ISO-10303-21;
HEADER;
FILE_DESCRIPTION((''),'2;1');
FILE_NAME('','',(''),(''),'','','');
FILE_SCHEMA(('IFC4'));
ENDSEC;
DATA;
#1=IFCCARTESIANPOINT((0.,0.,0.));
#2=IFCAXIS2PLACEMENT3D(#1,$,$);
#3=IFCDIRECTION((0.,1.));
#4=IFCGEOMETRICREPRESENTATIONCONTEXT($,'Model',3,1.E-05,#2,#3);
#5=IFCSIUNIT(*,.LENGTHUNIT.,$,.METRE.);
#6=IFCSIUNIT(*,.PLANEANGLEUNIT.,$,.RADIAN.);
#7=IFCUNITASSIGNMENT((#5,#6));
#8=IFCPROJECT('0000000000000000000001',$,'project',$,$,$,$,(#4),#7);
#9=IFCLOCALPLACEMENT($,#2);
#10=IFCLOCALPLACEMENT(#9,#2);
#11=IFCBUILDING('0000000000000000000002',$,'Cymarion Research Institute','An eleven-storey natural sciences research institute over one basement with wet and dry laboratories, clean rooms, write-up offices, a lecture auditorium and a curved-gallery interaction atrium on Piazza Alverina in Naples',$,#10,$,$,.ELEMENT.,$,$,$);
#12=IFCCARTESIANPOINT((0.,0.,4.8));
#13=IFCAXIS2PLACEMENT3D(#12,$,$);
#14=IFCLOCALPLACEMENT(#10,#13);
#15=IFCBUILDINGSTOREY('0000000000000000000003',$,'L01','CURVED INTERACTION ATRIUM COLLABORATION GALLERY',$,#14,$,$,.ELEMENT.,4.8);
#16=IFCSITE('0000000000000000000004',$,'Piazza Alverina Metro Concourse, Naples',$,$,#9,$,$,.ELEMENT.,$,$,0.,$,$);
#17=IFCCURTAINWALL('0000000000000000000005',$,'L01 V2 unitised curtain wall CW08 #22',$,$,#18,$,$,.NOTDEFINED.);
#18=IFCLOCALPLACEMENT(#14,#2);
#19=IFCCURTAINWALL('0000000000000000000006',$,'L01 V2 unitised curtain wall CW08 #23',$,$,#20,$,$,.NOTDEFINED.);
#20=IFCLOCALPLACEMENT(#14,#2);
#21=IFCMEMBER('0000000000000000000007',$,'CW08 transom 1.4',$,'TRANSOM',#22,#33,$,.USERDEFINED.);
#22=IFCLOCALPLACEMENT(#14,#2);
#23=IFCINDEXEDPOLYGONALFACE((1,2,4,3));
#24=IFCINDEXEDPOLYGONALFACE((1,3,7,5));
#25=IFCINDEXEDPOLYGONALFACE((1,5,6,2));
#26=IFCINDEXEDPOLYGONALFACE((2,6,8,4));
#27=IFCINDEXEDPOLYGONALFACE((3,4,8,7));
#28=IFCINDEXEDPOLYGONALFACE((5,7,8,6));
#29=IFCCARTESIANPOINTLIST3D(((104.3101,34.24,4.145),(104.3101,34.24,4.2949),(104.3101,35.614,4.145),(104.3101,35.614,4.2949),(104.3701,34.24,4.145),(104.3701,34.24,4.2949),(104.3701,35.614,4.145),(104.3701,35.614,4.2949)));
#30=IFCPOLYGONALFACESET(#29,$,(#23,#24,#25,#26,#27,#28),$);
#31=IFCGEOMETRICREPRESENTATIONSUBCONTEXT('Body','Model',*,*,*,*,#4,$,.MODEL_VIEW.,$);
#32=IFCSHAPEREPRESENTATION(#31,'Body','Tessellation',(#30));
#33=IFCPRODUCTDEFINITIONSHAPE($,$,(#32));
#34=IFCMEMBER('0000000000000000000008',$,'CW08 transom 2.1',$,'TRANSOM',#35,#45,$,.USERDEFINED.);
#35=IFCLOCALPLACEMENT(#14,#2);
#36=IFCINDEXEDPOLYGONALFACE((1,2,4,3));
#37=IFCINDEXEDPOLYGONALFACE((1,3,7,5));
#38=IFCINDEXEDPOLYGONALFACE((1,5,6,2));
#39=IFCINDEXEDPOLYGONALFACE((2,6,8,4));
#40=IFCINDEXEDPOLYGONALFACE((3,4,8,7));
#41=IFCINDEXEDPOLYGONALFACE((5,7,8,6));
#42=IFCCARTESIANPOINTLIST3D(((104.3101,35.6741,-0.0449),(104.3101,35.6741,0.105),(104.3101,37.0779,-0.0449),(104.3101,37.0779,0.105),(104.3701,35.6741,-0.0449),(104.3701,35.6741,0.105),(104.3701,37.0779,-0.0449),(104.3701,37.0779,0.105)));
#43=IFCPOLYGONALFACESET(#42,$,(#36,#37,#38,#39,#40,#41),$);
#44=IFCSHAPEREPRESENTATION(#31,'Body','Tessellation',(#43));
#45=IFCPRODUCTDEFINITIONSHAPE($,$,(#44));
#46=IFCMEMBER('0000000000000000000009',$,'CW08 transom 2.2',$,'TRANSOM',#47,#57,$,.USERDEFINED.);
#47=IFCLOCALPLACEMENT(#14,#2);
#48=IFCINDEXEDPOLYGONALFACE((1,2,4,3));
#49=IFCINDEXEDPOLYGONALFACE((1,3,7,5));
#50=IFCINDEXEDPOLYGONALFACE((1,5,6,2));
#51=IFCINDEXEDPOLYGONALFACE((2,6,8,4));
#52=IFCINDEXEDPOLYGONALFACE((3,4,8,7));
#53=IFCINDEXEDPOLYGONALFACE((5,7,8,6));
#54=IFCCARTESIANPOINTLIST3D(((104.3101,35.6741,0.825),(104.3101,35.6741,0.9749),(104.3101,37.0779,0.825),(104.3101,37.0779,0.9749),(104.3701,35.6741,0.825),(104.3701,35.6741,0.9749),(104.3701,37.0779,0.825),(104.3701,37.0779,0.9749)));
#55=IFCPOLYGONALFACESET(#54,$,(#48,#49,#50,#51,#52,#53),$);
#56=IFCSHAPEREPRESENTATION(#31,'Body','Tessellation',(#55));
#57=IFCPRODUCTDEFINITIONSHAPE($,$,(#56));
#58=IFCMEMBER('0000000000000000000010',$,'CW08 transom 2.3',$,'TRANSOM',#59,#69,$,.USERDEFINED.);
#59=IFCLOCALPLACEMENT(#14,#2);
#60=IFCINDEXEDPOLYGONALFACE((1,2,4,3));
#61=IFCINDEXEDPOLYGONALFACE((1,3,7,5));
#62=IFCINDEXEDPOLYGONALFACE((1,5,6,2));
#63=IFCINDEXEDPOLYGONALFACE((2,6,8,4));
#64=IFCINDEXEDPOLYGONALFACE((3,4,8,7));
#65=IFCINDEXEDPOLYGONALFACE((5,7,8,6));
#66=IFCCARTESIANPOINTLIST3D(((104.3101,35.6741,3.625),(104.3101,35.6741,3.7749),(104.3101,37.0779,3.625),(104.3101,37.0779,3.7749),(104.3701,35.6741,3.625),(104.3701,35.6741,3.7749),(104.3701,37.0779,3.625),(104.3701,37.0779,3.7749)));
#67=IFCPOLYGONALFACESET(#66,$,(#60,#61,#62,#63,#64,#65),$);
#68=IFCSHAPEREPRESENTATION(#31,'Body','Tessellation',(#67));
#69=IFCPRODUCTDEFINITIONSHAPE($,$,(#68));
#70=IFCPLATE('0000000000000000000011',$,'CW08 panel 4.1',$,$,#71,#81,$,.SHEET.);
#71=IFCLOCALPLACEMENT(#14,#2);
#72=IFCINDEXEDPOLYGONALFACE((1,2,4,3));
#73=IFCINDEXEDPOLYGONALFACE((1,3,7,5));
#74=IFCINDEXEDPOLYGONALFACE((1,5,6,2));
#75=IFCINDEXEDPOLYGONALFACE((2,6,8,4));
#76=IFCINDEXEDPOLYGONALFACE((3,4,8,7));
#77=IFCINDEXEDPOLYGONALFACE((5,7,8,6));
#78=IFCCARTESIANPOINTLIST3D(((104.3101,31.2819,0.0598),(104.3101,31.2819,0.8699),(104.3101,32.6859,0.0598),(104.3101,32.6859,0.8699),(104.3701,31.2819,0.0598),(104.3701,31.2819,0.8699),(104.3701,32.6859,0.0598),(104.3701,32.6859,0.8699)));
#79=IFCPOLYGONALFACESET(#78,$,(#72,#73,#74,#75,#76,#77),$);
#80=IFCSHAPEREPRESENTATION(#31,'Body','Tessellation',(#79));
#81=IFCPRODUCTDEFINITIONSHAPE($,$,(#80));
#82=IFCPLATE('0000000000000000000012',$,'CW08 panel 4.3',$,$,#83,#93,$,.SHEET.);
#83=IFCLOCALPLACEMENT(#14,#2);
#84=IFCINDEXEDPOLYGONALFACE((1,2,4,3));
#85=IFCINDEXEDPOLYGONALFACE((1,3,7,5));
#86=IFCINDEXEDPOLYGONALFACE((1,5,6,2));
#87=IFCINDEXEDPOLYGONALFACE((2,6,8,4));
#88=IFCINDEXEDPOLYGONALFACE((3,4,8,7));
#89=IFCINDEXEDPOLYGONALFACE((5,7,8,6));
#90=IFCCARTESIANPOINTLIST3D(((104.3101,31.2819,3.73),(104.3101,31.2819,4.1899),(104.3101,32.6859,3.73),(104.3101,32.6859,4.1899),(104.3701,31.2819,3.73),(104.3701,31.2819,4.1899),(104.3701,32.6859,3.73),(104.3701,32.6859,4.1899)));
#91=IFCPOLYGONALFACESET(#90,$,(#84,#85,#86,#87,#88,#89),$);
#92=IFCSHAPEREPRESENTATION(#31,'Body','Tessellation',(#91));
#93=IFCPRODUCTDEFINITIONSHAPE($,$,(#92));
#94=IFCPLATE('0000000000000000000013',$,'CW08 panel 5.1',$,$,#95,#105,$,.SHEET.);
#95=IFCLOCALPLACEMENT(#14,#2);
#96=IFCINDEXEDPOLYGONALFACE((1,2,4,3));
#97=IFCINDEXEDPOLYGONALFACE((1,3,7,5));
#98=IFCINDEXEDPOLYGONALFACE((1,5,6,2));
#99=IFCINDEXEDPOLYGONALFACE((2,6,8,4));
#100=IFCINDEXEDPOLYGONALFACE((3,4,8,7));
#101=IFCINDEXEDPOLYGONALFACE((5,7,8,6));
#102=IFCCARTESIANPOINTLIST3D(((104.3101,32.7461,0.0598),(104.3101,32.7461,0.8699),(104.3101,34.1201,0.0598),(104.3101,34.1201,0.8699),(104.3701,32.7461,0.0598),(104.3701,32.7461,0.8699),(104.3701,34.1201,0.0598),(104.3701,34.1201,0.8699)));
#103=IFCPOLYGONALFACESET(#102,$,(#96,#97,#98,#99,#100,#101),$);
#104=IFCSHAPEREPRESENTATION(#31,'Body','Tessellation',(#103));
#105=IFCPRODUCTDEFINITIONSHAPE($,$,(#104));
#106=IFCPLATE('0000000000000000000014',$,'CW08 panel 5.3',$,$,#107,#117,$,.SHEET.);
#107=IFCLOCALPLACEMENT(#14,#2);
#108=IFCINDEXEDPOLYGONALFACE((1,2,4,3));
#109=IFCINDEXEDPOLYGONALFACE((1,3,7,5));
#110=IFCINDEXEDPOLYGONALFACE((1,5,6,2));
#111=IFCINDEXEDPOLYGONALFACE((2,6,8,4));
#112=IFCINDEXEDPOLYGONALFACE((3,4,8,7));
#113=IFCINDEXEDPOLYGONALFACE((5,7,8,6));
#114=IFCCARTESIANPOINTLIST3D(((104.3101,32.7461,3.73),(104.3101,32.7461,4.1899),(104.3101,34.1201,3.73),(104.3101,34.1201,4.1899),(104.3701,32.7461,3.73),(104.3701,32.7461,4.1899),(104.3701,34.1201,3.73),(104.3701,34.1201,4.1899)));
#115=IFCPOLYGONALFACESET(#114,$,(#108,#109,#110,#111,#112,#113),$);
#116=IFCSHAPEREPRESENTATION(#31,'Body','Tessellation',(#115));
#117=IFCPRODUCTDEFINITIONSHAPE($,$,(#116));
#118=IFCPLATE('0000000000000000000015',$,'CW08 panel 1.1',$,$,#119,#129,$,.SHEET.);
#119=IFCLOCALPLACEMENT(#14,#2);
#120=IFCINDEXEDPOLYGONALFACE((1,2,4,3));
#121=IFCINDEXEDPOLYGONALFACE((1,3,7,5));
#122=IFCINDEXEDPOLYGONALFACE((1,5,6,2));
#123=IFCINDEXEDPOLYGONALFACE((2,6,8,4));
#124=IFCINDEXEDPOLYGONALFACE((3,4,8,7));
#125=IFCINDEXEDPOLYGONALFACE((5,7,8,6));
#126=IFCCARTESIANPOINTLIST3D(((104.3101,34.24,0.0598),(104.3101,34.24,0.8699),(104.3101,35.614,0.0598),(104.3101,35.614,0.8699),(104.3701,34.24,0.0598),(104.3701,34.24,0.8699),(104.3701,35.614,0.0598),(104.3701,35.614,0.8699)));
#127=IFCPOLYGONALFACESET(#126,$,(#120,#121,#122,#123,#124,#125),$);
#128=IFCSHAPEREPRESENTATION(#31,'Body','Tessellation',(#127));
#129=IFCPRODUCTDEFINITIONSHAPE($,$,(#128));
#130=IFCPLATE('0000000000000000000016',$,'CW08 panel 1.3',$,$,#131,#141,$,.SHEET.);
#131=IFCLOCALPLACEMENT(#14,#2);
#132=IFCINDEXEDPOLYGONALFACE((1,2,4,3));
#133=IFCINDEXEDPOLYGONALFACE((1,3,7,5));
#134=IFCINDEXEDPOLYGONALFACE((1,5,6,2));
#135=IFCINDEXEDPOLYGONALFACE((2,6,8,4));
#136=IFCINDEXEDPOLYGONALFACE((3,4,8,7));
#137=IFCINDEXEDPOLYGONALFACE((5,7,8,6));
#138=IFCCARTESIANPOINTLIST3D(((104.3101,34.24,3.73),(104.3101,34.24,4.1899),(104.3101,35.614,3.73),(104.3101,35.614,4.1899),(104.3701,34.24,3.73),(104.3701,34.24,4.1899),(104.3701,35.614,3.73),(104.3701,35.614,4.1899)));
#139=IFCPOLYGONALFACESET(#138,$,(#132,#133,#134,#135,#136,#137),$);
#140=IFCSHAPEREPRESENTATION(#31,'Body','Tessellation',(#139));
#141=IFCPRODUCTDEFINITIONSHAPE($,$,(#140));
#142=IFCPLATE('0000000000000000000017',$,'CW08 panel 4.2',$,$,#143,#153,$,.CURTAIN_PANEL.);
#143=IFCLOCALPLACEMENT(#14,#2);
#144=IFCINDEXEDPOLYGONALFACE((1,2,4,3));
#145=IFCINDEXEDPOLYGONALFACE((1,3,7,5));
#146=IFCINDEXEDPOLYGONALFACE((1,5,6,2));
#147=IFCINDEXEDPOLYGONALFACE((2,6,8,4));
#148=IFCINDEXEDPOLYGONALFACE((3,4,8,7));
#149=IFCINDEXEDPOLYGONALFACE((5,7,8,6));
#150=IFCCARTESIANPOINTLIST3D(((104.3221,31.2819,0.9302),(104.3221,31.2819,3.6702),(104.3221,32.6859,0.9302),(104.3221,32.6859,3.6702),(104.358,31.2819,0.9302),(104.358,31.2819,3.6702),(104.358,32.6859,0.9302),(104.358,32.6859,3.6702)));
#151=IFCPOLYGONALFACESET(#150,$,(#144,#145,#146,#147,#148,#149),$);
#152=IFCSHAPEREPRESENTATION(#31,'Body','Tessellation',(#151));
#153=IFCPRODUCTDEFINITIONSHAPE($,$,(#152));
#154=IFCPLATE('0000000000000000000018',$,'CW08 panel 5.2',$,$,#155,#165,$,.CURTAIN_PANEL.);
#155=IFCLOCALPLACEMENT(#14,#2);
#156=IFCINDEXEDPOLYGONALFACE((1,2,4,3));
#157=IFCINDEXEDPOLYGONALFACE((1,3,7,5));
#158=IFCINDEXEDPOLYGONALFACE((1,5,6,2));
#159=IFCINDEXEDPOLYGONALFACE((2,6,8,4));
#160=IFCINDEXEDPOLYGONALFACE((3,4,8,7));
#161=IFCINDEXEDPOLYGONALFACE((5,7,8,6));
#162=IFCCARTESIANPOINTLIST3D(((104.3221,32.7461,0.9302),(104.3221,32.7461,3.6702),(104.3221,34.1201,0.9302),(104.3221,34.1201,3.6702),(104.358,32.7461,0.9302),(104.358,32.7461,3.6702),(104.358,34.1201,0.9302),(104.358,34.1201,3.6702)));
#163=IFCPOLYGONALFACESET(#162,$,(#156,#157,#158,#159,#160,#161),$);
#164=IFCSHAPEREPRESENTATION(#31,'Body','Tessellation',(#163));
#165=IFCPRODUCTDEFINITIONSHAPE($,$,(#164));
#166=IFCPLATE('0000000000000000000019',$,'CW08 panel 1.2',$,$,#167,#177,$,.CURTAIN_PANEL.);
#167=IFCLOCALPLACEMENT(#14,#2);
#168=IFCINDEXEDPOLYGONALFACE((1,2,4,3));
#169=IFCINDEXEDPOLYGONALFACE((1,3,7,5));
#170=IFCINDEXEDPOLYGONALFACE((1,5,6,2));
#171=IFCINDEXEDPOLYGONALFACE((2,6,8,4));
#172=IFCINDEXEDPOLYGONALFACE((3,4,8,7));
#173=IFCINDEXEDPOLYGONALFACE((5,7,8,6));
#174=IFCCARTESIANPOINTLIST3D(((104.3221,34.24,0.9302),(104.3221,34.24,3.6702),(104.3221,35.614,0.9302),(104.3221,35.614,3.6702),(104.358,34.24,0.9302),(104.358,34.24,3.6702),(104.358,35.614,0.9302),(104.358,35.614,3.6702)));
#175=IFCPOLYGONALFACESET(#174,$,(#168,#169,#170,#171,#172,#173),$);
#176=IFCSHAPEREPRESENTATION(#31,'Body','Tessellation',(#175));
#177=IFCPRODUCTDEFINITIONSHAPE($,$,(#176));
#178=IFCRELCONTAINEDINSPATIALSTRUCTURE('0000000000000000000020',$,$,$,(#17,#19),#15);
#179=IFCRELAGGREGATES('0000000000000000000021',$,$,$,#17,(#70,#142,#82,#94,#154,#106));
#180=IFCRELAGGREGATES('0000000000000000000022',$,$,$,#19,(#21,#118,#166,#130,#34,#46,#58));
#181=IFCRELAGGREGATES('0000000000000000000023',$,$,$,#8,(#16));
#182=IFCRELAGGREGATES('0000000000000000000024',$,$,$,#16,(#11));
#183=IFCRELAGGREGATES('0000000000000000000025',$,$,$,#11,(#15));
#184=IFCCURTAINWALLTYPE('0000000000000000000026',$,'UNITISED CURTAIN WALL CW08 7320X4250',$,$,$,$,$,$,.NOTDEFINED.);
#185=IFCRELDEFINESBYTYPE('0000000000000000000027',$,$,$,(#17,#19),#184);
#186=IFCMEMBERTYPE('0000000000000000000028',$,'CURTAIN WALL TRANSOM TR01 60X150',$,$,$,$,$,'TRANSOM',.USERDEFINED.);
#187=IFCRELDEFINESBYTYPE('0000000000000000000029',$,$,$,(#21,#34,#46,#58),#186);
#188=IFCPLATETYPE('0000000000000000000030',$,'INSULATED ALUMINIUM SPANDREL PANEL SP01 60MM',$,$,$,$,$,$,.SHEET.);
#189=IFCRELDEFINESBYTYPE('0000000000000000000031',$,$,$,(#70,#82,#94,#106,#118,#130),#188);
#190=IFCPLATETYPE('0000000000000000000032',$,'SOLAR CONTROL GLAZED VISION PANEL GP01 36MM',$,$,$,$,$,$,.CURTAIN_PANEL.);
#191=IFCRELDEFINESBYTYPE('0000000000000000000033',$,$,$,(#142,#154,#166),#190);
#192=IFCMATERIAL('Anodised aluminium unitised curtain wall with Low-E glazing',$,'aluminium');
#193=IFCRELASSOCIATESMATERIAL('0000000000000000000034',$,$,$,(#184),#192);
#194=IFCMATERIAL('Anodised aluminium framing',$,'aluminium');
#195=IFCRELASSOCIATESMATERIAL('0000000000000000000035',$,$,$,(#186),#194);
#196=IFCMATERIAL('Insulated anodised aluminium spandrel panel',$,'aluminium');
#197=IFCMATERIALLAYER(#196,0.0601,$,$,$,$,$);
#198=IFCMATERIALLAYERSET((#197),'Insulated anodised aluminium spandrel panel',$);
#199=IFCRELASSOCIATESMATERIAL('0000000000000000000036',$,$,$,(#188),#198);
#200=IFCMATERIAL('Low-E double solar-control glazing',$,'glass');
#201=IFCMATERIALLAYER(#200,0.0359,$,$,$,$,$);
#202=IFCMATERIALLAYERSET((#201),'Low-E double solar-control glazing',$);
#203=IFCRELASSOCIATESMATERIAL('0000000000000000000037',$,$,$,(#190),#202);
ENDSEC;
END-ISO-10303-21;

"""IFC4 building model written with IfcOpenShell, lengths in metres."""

from ifc_helpers import new_model, si_unit, direction, frame, origin, origin_2d, place, context, subcontext, project, spatial, rectangle, extrude, material, layer, layer_set, material_profile, profile_set, type_object, element, aggregate, save


model = new_model("IFC4")

# Units and contexts
model_context = context("Model", 3, precision=1e-05, world=origin(), true_north=direction((0.0, 1.0)))
body_context = subcontext(model_context, "Body", "Model", "MODEL_VIEW")
ifc_project = project(units=[si_unit("LENGTHUNIT", "METRE"), si_unit("PLANEANGLEUNIT", "RADIAN")], contexts=[model_context])

# Site, building, storey
site_placement = place(None, origin())
site = spatial("IfcSite", under=ifc_project, at=site_placement, Name="Piazza Alverina Metro Concourse, Naples", CompositionType="ELEMENT", RefElevation=0.0)
building_placement = place(site_placement, origin())
building = spatial("IfcBuilding", under=site, at=building_placement, Name="Cymarion Research Institute", Description="An eleven-storey natural sciences research institute over one basement with wet and dry laboratories, clean rooms, write-up offices, a lecture auditorium and a curved-gallery interaction atrium on Piazza Alverina in Naples", CompositionType="ELEMENT")
storey_placement = place(building_placement, frame((0.0, 0.0, 4.8)))
storey = spatial("IfcBuildingStorey", under=building, at=storey_placement, Name="L01", Description="CURVED INTERACTION ATRIUM COLLABORATION GALLERY", CompositionType="ELEMENT", Elevation=4.8)

# Curtain walls
ifc_material_1 = material(Name="Anodised aluminium unitised curtain wall with Low-E glazing", Category="aluminium")
curtain_wall_type = type_object("IfcCurtainWallType", Name="UNITISED CURTAIN WALL CW08 7320X4250", PredefinedType="NOTDEFINED", material=ifc_material_1)
curtain_wall_1_placement = place(storey_placement, origin())
curtain_wall_1 = element("IfcCurtainWall", 1, at=curtain_wall_1_placement, inside=storey, type_object=curtain_wall_type, Name="L01 V2 unitised curtain wall CW08 #22", PredefinedType="NOTDEFINED")
ifc_material_2 = material(Name="Anodised aluminium framing", Category="aluminium")
curtain_wall_2_placement = place(storey_placement, origin())
curtain_wall_2 = element("IfcCurtainWall", 2, at=curtain_wall_2_placement, inside=storey, type_object=curtain_wall_type, Name="L01 V2 unitised curtain wall CW08 #23", PredefinedType="NOTDEFINED")

# Members
ifc_material_profile_1 = material_profile(ifc_material_2, rectangle(XDim=0.0601, YDim=0.1499, at=origin_2d()), Name="ALU TRANSOM 60x150")
ifc_profile_set_1 = profile_set([ifc_material_profile_1], Name="Anodised aluminium framing")
member_type_1 = type_object("IfcMemberType", Name="CURTAIN WALL TRANSOM TR01 60X150", ElementType="TRANSOM", PredefinedType="USERDEFINED", material=ifc_profile_set_1)
member_1_placement = place(storey_placement, frame((104.3401, 34.24, 4.22), z_axis=(0.0, 1.0, 0.0), x_axis=(-1.0, 0.0, 0.0)))
member_1 = element("IfcMember", 3, at=member_1_placement, type_object=member_type_1, Name="CW08 transom 1.4", ObjectType="TRANSOM", PredefinedType="USERDEFINED", context=body_context, shape_type="SweptSolid", body=[
    extrude(rectangle(XDim=0.0601, YDim=0.1499, at=origin_2d()), origin(), (0.0, 0.0, 1.0), 1.374),
])
member_2_placement = place(storey_placement, frame((104.3401, 35.6741, 0.03), z_axis=(0.0, 1.0, 0.0), x_axis=(-1.0, 0.0, 0.0)))
member_2 = element("IfcMember", 4, at=member_2_placement, type_object=member_type_1, Name="CW08 transom 2.1", ObjectType="TRANSOM", PredefinedType="USERDEFINED", context=body_context, shape_type="SweptSolid", body=[
    extrude(rectangle(XDim=0.0601, YDim=0.1499, at=origin_2d()), origin(), (0.0, 0.0, 1.0), 1.4038),
])
member_3_placement = place(storey_placement, frame((104.3401, 35.6741, 0.8999), z_axis=(0.0, 1.0, 0.0), x_axis=(-1.0, 0.0, 0.0)))
member_3 = element("IfcMember", 5, at=member_3_placement, type_object=member_type_1, Name="CW08 transom 2.2", ObjectType="TRANSOM", PredefinedType="USERDEFINED", context=body_context, shape_type="SweptSolid", body=[
    extrude(rectangle(XDim=0.0601, YDim=0.1499, at=origin_2d()), origin(), (0.0, 0.0, 1.0), 1.4038),
])
member_4_placement = place(storey_placement, frame((104.3401, 35.6741, 3.7), z_axis=(0.0, 1.0, 0.0), x_axis=(-1.0, 0.0, 0.0)))
member_4 = element("IfcMember", 6, at=member_4_placement, type_object=member_type_1, Name="CW08 transom 2.3", ObjectType="TRANSOM", PredefinedType="USERDEFINED", context=body_context, shape_type="SweptSolid", body=[
    extrude(rectangle(XDim=0.0601, YDim=0.1499, at=origin_2d()), origin(), (0.0, 0.0, 1.0), 1.4038),
])

# Plates
ifc_material_3 = material(Name="Insulated anodised aluminium spandrel panel", Category="aluminium")
ifc_layer_1 = layer(ifc_material_3, 0.0601)
ifc_layer_set_1 = layer_set([ifc_layer_1], Name="Insulated anodised aluminium spandrel panel")
plate_type_1 = type_object("IfcPlateType", Name="INSULATED ALUMINIUM SPANDREL PANEL SP01 60MM", PredefinedType="SHEET", material=ifc_layer_set_1)
plate_1_placement = place(storey_placement, frame((104.3401, 31.9839, 0.0598), z_axis=(0.0, 0.0, 1.0), x_axis=(0.0, 1.0, 0.0)))
plate_1 = element("IfcPlate", 7, at=plate_1_placement, type_object=plate_type_1, Name="CW08 panel 4.1", PredefinedType="SHEET", context=body_context, shape_type="SweptSolid", body=[
    extrude(rectangle(XDim=1.4041, YDim=0.0601, at=origin_2d()), origin(), (0.0, 0.0, 1.0), 0.8101),
])
plate_2_placement = place(storey_placement, frame((104.3401, 31.9839, 3.73), z_axis=(0.0, 0.0, 1.0), x_axis=(0.0, 1.0, 0.0)))
plate_2 = element("IfcPlate", 8, at=plate_2_placement, type_object=plate_type_1, Name="CW08 panel 4.3", PredefinedType="SHEET", context=body_context, shape_type="SweptSolid", body=[
    extrude(rectangle(XDim=1.4041, YDim=0.0601, at=origin_2d()), origin(), (0.0, 0.0, 1.0), 0.46),
])
plate_3_placement = place(storey_placement, frame((104.3401, 33.4331, 0.0598), z_axis=(0.0, 0.0, 1.0), x_axis=(0.0, 1.0, 0.0)))
plate_3 = element("IfcPlate", 9, at=plate_3_placement, type_object=plate_type_1, Name="CW08 panel 5.1", PredefinedType="SHEET", context=body_context, shape_type="SweptSolid", body=[
    extrude(rectangle(XDim=1.374, YDim=0.0601, at=origin_2d()), origin(), (0.0, 0.0, 1.0), 0.8101),
])
plate_4_placement = place(storey_placement, frame((104.3401, 33.4331, 3.73), z_axis=(0.0, 0.0, 1.0), x_axis=(0.0, 1.0, 0.0)))
plate_4 = element("IfcPlate", 10, at=plate_4_placement, type_object=plate_type_1, Name="CW08 panel 5.3", PredefinedType="SHEET", context=body_context, shape_type="SweptSolid", body=[
    extrude(rectangle(XDim=1.374, YDim=0.0601, at=origin_2d()), origin(), (0.0, 0.0, 1.0), 0.46),
])
plate_5_placement = place(storey_placement, frame((104.3401, 34.927, 0.0598), z_axis=(0.0, 0.0, 1.0), x_axis=(0.0, 1.0, 0.0)))
plate_5 = element("IfcPlate", 11, at=plate_5_placement, type_object=plate_type_1, Name="CW08 panel 1.1", PredefinedType="SHEET", context=body_context, shape_type="SweptSolid", body=[
    extrude(rectangle(XDim=1.374, YDim=0.0601, at=origin_2d()), origin(), (0.0, 0.0, 1.0), 0.8101),
])
plate_6_placement = place(storey_placement, frame((104.3401, 34.927, 3.73), z_axis=(0.0, 0.0, 1.0), x_axis=(0.0, 1.0, 0.0)))
plate_6 = element("IfcPlate", 12, at=plate_6_placement, type_object=plate_type_1, Name="CW08 panel 1.3", PredefinedType="SHEET", context=body_context, shape_type="SweptSolid", body=[
    extrude(rectangle(XDim=1.374, YDim=0.0601, at=origin_2d()), origin(), (0.0, 0.0, 1.0), 0.46),
])
ifc_material_4 = material(Name="Low-E double solar-control glazing", Category="glass")
ifc_layer_2 = layer(ifc_material_4, 0.0359)
ifc_layer_set_2 = layer_set([ifc_layer_2], Name="Low-E double solar-control glazing")
plate_type_2 = type_object("IfcPlateType", Name="SOLAR CONTROL GLAZED VISION PANEL GP01 36MM", PredefinedType="CURTAIN_PANEL", material=ifc_layer_set_2)
plate_7_placement = place(storey_placement, frame((104.3401, 31.9839, 0.9302), z_axis=(0.0, 0.0, 1.0), x_axis=(0.0, 1.0, 0.0)))
plate_7 = element("IfcPlate", 13, at=plate_7_placement, type_object=plate_type_2, Name="CW08 panel 4.2", PredefinedType="CURTAIN_PANEL", context=body_context, shape_type="SweptSolid", body=[
    extrude(rectangle(XDim=1.4041, YDim=0.0359, at=origin_2d()), origin(), (0.0, 0.0, 1.0), 2.74),
])
plate_8_placement = place(storey_placement, frame((104.3401, 33.4331, 0.9302), z_axis=(0.0, 0.0, 1.0), x_axis=(0.0, 1.0, 0.0)))
plate_8 = element("IfcPlate", 14, at=plate_8_placement, type_object=plate_type_2, Name="CW08 panel 5.2", PredefinedType="CURTAIN_PANEL", context=body_context, shape_type="SweptSolid", body=[
    extrude(rectangle(XDim=1.374, YDim=0.0359, at=origin_2d()), origin(), (0.0, 0.0, 1.0), 2.74),
])
aggregate(curtain_wall_1, [plate_1, plate_7, plate_2, plate_3, plate_8, plate_4])
plate_9_placement = place(storey_placement, frame((104.3401, 34.927, 0.9302), z_axis=(0.0, 0.0, 1.0), x_axis=(0.0, 1.0, 0.0)))
plate_9 = element("IfcPlate", 15, at=plate_9_placement, type_object=plate_type_2, Name="CW08 panel 1.2", PredefinedType="CURTAIN_PANEL", context=body_context, shape_type="SweptSolid", body=[
    extrude(rectangle(XDim=1.374, YDim=0.0359, at=origin_2d()), origin(), (0.0, 0.0, 1.0), 2.74),
])
aggregate(curtain_wall_2, [member_1, plate_5, plate_9, plate_6, member_2, member_3, member_4])

save(model, "model.ifc")
